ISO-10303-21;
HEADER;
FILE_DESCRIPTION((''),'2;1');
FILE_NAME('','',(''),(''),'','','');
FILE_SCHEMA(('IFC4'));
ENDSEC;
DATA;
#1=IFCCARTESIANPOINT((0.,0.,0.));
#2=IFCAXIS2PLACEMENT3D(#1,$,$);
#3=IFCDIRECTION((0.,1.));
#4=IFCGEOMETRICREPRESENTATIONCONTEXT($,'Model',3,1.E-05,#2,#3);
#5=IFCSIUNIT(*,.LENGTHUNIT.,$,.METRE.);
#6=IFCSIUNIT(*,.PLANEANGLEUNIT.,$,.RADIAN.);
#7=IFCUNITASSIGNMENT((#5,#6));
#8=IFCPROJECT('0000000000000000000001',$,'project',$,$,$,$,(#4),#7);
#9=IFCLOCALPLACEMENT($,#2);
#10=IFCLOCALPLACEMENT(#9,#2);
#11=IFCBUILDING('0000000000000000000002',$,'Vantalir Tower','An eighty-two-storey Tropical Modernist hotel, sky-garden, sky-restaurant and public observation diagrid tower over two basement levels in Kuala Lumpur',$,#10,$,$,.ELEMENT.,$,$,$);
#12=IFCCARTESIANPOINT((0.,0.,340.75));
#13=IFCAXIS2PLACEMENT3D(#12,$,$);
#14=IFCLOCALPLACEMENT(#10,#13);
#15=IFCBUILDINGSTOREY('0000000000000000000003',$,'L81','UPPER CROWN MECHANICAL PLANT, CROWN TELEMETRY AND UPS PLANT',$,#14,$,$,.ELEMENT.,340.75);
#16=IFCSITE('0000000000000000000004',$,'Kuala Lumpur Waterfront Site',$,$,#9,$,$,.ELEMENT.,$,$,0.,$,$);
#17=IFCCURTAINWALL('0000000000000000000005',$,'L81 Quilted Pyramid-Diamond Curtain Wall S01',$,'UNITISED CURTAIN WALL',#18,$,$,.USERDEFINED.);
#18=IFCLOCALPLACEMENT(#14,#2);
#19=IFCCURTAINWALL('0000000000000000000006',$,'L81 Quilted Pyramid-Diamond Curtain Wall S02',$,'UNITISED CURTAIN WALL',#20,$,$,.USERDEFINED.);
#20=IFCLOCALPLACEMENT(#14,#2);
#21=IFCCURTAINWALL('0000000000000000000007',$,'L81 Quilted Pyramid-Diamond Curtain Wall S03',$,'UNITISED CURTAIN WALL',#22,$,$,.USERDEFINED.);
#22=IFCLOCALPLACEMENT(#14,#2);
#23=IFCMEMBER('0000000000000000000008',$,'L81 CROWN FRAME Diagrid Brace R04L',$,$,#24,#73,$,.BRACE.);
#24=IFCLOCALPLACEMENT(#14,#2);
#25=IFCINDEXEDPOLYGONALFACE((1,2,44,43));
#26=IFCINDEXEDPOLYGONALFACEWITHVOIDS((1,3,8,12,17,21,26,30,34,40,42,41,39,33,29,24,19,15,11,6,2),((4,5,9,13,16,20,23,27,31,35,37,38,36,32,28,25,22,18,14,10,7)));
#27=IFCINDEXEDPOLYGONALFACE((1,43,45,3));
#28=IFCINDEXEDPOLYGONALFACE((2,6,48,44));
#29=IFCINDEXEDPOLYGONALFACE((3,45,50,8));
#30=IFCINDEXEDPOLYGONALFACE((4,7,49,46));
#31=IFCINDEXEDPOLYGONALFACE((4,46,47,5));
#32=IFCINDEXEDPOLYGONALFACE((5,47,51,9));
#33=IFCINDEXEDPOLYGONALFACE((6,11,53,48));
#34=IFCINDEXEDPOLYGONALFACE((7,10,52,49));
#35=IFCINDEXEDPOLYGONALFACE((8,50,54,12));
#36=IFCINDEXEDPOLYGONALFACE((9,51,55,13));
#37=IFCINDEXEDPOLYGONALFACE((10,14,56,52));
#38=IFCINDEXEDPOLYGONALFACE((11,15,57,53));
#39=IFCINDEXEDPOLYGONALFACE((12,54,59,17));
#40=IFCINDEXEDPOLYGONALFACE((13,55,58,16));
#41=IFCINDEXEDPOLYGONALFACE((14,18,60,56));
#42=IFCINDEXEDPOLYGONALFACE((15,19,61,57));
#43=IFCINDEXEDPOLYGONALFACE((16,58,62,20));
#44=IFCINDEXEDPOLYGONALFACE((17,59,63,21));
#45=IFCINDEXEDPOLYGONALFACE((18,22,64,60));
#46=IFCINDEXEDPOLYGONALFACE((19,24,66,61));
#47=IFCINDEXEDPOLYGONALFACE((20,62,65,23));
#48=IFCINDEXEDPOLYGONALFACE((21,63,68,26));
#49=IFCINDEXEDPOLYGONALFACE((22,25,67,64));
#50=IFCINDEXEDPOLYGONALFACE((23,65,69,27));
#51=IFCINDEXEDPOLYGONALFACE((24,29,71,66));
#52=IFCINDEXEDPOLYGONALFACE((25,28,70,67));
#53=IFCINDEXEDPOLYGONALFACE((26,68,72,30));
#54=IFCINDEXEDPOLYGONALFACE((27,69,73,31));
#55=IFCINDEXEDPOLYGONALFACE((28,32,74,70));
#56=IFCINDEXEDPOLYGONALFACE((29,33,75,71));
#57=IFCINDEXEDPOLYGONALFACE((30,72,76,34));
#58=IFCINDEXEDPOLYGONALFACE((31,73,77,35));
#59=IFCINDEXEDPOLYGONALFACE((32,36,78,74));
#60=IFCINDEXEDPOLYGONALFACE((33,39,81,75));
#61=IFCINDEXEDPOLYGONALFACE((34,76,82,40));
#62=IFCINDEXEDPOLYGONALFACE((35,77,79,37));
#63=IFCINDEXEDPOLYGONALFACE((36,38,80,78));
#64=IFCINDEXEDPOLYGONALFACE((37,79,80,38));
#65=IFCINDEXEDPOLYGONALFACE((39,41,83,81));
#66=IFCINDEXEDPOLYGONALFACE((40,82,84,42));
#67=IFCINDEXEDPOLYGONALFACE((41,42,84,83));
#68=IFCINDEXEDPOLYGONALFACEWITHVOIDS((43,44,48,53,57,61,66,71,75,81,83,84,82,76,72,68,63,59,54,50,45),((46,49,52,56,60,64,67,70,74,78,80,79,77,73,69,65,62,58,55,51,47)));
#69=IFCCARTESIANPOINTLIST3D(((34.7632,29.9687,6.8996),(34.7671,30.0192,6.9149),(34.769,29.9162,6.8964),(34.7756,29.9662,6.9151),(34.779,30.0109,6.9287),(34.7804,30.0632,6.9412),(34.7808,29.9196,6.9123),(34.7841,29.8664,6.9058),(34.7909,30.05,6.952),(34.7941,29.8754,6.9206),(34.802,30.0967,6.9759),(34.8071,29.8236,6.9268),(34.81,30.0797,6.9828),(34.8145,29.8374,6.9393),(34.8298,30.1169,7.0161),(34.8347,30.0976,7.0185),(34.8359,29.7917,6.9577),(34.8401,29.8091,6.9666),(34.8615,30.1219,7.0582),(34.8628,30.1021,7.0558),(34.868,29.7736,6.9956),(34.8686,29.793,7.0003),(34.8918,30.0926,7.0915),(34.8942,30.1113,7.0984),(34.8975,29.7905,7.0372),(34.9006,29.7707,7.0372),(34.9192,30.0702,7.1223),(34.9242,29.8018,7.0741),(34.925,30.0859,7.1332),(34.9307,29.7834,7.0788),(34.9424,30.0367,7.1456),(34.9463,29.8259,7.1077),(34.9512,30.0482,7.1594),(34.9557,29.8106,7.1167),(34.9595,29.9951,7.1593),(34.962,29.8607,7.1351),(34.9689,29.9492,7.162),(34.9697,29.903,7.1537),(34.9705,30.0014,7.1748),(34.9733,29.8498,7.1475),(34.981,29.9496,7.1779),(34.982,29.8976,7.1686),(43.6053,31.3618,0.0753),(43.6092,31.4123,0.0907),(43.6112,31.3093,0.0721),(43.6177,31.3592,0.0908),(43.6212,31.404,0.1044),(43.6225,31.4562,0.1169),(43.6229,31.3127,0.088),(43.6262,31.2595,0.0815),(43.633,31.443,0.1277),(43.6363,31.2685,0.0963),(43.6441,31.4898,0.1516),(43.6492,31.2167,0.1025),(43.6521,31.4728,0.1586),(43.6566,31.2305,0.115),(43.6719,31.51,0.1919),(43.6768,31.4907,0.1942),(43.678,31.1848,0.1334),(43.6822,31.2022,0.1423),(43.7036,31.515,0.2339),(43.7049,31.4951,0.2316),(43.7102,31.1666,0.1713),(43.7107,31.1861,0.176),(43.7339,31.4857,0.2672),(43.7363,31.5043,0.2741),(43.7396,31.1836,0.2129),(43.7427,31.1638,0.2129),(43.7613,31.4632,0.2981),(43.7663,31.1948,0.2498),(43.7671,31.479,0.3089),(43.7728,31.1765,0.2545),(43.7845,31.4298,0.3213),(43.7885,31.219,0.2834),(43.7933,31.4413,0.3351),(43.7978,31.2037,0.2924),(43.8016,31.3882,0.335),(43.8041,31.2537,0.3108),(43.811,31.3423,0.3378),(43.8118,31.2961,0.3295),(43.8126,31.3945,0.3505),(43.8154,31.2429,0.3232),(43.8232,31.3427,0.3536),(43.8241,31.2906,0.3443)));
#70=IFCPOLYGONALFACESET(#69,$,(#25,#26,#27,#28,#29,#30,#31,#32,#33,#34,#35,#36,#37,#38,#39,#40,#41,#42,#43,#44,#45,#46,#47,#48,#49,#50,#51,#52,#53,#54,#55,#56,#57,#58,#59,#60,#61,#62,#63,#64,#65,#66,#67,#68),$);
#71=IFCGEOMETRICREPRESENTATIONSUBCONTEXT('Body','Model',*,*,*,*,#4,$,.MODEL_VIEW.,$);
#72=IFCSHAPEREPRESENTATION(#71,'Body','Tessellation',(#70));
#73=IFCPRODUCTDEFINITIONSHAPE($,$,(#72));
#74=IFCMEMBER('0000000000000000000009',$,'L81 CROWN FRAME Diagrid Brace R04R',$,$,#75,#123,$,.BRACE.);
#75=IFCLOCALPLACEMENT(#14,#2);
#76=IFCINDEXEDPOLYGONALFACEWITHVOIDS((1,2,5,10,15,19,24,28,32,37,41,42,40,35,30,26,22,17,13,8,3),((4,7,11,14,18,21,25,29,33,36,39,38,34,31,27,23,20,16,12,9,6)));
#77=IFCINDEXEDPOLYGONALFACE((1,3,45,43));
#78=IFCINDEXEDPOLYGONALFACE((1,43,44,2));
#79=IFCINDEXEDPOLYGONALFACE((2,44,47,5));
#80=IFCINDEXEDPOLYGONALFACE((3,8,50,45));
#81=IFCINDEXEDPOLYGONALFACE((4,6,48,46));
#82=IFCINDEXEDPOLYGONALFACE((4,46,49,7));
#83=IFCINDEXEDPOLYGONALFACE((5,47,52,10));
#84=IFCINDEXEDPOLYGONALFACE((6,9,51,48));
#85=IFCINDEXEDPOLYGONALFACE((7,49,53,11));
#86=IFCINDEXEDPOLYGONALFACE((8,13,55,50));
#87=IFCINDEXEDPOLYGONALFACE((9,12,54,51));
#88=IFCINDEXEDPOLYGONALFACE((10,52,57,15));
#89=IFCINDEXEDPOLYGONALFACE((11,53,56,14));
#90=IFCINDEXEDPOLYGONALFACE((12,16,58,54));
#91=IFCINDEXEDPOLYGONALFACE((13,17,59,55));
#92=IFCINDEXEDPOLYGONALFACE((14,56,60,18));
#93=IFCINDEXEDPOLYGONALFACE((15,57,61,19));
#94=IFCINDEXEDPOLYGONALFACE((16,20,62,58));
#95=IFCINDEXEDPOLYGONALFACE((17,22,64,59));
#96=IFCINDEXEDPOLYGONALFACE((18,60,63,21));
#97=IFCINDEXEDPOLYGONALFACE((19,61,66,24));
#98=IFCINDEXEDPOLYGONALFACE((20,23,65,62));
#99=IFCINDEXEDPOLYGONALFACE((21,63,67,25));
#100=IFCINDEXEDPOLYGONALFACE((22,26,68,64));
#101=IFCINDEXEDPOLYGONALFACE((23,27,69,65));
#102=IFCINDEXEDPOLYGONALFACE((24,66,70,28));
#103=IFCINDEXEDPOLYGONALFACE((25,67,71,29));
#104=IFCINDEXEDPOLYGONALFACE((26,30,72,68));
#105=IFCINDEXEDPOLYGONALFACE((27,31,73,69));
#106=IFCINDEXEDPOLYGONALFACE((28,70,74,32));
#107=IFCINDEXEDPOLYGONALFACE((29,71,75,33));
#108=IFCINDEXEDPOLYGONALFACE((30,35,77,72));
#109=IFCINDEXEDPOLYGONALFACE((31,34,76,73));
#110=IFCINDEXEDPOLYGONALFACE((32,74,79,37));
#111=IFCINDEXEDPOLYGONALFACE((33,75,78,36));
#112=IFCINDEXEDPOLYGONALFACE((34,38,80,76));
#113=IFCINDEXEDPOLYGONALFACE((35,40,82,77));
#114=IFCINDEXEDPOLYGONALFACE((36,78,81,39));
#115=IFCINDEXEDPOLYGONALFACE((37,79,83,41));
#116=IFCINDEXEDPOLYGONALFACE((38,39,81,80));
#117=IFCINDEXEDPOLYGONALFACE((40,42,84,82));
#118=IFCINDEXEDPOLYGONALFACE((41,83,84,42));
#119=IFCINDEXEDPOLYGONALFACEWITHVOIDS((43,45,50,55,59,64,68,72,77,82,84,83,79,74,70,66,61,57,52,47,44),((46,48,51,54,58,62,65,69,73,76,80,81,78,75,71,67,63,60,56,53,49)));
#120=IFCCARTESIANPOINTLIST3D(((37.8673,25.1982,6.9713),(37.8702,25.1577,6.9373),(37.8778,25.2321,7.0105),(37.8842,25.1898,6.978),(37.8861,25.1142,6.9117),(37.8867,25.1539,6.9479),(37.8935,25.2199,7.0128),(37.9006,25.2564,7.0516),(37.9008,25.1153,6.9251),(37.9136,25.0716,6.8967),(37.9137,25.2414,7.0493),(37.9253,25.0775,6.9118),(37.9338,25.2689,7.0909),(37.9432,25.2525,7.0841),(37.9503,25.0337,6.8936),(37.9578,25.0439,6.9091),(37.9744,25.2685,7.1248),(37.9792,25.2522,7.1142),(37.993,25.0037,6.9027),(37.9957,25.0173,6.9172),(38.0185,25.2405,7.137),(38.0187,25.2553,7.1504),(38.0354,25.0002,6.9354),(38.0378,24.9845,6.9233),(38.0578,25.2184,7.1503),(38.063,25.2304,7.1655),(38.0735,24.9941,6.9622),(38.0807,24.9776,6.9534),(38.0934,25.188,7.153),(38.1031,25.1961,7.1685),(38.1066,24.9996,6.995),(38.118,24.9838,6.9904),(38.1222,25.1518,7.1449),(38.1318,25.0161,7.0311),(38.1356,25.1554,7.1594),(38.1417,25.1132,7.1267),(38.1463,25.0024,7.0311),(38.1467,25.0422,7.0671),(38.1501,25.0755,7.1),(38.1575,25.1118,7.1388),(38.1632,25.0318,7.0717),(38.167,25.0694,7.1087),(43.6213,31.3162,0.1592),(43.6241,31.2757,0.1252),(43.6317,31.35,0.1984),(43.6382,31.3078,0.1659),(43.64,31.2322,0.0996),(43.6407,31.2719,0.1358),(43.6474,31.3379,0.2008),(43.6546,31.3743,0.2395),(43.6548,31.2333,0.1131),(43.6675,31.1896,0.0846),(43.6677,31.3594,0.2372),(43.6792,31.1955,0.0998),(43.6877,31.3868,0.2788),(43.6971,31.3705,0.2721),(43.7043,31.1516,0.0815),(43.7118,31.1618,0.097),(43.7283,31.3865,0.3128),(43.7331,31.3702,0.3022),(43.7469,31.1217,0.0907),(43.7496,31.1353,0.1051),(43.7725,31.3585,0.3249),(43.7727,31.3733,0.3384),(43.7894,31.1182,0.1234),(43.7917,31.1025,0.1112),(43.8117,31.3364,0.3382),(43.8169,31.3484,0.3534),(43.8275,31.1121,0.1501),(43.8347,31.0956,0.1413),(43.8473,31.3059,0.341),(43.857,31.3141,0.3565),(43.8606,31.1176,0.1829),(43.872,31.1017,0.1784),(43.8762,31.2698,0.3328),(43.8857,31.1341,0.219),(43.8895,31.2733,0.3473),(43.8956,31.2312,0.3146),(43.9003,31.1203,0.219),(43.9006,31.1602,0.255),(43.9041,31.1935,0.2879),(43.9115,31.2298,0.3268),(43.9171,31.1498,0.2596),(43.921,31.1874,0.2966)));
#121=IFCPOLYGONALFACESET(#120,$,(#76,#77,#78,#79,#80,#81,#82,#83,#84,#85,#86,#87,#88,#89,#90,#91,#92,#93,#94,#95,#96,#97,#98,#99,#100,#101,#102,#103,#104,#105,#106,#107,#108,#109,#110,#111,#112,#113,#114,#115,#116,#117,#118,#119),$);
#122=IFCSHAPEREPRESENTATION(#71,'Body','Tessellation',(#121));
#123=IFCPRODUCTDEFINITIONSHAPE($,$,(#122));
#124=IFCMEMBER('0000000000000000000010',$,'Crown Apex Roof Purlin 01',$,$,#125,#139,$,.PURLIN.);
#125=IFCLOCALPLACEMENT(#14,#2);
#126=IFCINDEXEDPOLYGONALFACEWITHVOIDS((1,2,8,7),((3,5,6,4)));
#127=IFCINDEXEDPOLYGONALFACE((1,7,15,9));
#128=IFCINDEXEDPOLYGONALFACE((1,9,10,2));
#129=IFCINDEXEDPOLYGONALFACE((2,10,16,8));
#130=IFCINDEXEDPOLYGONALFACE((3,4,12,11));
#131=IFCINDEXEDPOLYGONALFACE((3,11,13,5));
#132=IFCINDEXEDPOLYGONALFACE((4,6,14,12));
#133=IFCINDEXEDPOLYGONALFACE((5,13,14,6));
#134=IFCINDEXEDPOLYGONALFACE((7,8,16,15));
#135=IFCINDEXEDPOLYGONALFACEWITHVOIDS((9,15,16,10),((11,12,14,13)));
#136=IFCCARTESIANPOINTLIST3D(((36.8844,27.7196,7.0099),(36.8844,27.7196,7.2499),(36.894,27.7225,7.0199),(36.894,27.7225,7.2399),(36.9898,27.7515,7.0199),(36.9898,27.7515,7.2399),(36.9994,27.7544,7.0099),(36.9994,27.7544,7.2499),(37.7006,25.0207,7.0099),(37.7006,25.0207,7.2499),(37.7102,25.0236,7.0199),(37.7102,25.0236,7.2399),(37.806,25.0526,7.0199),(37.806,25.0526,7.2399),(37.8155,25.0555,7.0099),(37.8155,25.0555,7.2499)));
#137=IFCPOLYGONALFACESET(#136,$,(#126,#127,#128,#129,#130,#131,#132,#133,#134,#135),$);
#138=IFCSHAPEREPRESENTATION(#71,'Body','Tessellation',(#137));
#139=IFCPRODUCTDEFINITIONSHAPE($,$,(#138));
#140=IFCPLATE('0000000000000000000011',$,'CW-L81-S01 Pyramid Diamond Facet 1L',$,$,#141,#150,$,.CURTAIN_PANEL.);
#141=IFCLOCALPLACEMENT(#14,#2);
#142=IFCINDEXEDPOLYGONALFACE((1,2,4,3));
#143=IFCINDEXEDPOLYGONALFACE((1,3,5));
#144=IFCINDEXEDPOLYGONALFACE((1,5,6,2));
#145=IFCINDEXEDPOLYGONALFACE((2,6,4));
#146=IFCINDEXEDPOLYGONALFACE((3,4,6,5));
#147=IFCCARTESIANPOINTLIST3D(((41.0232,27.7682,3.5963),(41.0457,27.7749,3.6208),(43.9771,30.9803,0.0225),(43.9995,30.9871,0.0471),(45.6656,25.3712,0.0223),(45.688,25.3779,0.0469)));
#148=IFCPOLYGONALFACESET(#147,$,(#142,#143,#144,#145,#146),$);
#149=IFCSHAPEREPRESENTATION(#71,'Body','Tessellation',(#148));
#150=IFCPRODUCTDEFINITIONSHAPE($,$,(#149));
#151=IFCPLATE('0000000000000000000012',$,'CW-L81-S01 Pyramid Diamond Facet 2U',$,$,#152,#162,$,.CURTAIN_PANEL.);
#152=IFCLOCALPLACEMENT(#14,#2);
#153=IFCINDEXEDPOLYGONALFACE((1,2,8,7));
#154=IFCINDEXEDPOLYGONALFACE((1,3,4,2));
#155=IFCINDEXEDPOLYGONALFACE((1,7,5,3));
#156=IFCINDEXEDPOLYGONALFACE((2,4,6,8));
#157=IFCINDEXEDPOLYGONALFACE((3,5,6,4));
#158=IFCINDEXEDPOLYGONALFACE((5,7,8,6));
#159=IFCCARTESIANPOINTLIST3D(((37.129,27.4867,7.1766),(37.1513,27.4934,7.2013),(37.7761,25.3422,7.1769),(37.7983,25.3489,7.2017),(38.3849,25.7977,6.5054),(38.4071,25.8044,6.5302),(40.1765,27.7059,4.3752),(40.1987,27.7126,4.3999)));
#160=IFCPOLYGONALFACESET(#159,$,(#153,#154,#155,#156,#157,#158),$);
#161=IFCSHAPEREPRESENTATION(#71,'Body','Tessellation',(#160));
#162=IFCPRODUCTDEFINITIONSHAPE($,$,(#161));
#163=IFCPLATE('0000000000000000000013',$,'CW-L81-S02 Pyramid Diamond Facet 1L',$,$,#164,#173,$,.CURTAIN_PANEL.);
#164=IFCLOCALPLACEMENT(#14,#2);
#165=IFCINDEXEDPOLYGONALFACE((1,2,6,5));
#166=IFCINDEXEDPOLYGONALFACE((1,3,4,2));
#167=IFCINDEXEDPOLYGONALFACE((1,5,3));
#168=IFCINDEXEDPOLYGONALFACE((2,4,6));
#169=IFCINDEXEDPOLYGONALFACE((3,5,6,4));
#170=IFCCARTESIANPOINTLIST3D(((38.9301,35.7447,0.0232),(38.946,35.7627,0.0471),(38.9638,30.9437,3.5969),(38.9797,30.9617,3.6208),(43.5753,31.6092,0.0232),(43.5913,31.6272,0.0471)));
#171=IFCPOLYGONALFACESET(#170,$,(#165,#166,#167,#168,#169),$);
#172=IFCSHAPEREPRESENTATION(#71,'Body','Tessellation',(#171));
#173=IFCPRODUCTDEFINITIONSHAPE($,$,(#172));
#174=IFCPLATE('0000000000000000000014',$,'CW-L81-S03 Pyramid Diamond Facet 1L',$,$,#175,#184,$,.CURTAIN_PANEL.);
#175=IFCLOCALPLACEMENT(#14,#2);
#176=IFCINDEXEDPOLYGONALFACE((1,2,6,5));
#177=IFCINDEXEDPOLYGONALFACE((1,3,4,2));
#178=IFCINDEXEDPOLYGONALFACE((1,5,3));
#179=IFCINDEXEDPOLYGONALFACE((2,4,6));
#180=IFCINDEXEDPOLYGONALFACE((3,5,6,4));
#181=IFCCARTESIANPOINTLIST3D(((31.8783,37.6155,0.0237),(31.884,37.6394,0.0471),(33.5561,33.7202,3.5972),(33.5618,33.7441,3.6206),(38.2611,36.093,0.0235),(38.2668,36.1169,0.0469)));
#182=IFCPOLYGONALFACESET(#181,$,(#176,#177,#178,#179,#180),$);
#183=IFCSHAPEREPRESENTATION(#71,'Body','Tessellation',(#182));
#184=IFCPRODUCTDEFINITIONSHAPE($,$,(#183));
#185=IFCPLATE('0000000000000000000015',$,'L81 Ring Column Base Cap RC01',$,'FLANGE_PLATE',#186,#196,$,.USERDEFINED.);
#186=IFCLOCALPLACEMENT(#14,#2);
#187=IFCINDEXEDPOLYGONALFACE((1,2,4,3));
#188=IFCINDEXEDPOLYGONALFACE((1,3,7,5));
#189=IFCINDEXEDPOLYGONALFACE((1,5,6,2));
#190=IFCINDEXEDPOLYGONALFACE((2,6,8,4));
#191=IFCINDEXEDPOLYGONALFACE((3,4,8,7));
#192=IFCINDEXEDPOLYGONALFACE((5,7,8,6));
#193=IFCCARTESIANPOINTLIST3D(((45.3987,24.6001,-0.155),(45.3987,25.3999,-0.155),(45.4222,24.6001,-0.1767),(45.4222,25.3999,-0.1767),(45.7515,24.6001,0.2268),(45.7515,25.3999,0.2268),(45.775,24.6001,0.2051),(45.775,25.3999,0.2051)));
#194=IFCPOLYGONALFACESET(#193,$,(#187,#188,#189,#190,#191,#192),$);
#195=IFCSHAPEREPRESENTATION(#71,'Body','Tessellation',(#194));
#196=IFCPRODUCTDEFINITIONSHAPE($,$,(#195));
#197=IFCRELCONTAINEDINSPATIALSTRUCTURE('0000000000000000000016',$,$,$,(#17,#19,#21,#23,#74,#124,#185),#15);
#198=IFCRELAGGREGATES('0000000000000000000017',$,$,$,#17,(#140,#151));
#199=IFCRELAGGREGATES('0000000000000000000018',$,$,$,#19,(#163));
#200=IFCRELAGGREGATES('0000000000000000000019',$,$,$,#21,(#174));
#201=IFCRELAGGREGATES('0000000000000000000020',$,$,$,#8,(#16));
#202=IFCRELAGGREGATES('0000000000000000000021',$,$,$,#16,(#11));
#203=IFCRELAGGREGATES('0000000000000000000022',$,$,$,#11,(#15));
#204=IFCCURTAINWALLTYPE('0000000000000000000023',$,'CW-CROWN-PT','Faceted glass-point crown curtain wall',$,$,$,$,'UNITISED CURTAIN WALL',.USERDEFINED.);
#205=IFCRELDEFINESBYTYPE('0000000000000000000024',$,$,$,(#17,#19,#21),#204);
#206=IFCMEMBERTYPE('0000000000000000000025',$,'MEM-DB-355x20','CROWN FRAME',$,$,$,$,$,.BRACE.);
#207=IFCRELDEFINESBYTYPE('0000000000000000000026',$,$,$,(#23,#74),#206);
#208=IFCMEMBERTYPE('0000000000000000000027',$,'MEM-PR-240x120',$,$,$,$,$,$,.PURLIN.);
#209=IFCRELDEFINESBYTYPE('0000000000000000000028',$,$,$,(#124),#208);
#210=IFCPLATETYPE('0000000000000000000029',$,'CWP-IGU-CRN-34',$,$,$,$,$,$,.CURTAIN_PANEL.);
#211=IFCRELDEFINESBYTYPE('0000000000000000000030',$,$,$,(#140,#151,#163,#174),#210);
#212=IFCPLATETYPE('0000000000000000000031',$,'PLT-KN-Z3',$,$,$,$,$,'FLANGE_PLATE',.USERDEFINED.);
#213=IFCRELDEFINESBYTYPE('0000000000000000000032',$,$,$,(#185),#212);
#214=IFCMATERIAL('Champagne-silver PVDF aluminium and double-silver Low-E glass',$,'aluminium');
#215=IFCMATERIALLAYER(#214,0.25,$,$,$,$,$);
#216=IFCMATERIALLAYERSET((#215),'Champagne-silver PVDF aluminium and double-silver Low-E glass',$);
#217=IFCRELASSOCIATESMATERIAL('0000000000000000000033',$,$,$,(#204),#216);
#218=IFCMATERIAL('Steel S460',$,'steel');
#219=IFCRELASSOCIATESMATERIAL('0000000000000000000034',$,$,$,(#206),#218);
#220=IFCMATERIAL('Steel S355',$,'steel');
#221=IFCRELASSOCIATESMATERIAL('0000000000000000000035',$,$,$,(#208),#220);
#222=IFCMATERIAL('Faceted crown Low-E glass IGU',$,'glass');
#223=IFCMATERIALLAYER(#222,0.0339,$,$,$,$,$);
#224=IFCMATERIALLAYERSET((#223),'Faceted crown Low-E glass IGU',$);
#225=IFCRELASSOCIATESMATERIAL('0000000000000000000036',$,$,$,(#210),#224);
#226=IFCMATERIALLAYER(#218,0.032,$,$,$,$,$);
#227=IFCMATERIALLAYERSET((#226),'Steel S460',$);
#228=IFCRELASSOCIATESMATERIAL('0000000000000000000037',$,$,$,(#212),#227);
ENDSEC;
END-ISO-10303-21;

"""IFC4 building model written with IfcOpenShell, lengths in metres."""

from ifc_helpers import new_model, si_unit, direction, frame, origin, origin_2d, place, context, subcontext, project, spatial, polyline, hollow_rectangle, hollow_circle, outline, extrude, material, layer, layer_set, material_profile, profile_set, type_object, element, aggregate, save


model = new_model("IFC4")

# Units and contexts
model_context = context("Model", 3, precision=1e-05, world=origin(), true_north=direction((0.0, 1.0)))
body_context = subcontext(model_context, "Body", "Model", "MODEL_VIEW")
ifc_project = project(units=[si_unit("LENGTHUNIT", "METRE"), si_unit("PLANEANGLEUNIT", "RADIAN")], contexts=[model_context])

# Site, building, storey
site_placement = place(None, origin())
site = spatial("IfcSite", under=ifc_project, at=site_placement, Name="Kuala Lumpur Waterfront Site", CompositionType="ELEMENT", RefElevation=0.0)
building_placement = place(site_placement, origin())
building = spatial("IfcBuilding", under=site, at=building_placement, Name="Vantalir Tower", Description="An eighty-two-storey Tropical Modernist hotel, sky-garden, sky-restaurant and public observation diagrid tower over two basement levels in Kuala Lumpur", CompositionType="ELEMENT")
storey_placement = place(building_placement, frame((0.0, 0.0, 340.75)))
storey = spatial("IfcBuildingStorey", under=building, at=storey_placement, Name="L81", Description="UPPER CROWN MECHANICAL PLANT, CROWN TELEMETRY AND UPS PLANT", CompositionType="ELEMENT", Elevation=340.75)

# Shared definitions
ifc_material_1 = material(Name="Steel S460", Category="steel")

# Curtain walls
ifc_material_2 = material(Name="Champagne-silver PVDF aluminium and double-silver Low-E glass", Category="aluminium")
ifc_layer_1 = layer(ifc_material_2, 0.25)
ifc_layer_set_1 = layer_set([ifc_layer_1], Name="Champagne-silver PVDF aluminium and double-silver Low-E glass")
curtain_wall_type = type_object("IfcCurtainWallType", Name="CW-CROWN-PT", Description="Faceted glass-point crown curtain wall", ElementType="UNITISED CURTAIN WALL", PredefinedType="USERDEFINED", material=ifc_layer_set_1)
curtain_wall_1_placement = place(storey_placement, origin())
curtain_wall_1 = element("IfcCurtainWall", 1, at=curtain_wall_1_placement, inside=storey, type_object=curtain_wall_type, Name="L81 Quilted Pyramid-Diamond Curtain Wall S01", ObjectType="UNITISED CURTAIN WALL", PredefinedType="USERDEFINED")
curtain_wall_2_placement = place(storey_placement, origin())
curtain_wall_2 = element("IfcCurtainWall", 2, at=curtain_wall_2_placement, inside=storey, type_object=curtain_wall_type, Name="L81 Quilted Pyramid-Diamond Curtain Wall S02", ObjectType="UNITISED CURTAIN WALL", PredefinedType="USERDEFINED")

# Curtain wall
curtain_wall_3_placement = place(storey_placement, origin())
curtain_wall_3 = element("IfcCurtainWall", 3, at=curtain_wall_3_placement, inside=storey, type_object=curtain_wall_type, Name="L81 Quilted Pyramid-Diamond Curtain Wall S03", ObjectType="UNITISED CURTAIN WALL", PredefinedType="USERDEFINED")

# Members
ifc_material_profile_1 = material_profile(ifc_material_1, hollow_circle(Radius=0.1775, WallThickness=0.02, at=origin_2d()), Name="Steel S460")
ifc_profile_set_1 = profile_set([ifc_material_profile_1], Name="Steel S460")
member_type_1 = type_object("IfcMemberType", Name="MEM-DB-355x20", Description="CROWN FRAME", PredefinedType="BRACE", material=ifc_profile_set_1)
member_1_placement = place(storey_placement, frame((43.7151, 31.3391, 0.2129), z_axis=(-0.785557, -0.123765, 0.606286), x_axis=(0.155631, -0.987815, 0.0)))
element("IfcMember", 4, at=member_1_placement, inside=storey, type_object=member_type_1, Name="L81 CROWN FRAME Diagrid Brace R04L", PredefinedType="BRACE", context=body_context, shape_type="SweptSolid", body=[
    extrude(hollow_circle(Radius=0.1775, WallThickness=0.02, at=origin_2d()), origin(), (0.0, 0.0, 1.0), 11.2559),
])
member_2_placement = place(storey_placement, frame((43.771, 31.2419, 0.219), z_axis=(-0.532086, -0.565747, 0.629933), x_axis=(0.728446, -0.685104, 0.0)))
element("IfcMember", 5, at=member_2_placement, inside=storey, type_object=member_type_1, Name="L81 CROWN FRAME Diagrid Brace R04R", PredefinedType="BRACE", context=body_context, shape_type="SweptSolid", body=[
    extrude(hollow_circle(Radius=0.1775, WallThickness=0.02, at=origin_2d()), origin(), (0.0, 0.0, 1.0), 10.814),
])
ifc_material_3 = material(Name="Steel S355", Category="steel")
ifc_material_profile_2 = material_profile(ifc_material_3, hollow_rectangle(XDim=0.1201, YDim=0.24, WallThickness=0.01, at=origin_2d()), Name="Steel S355")
ifc_profile_set_2 = profile_set([ifc_material_profile_2], Name="Steel S355")
member_type_2 = type_object("IfcMemberType", Name="MEM-PR-240x120", PredefinedType="PURLIN", material=ifc_profile_set_2)
member_3_placement = place(storey_placement, frame((37.7581, 25.0381, 7.1299), z_axis=(-0.289452, 0.957192, 0.0), x_axis=(-0.957192, -0.289452, 0.0)))
element("IfcMember", 6, at=member_3_placement, inside=storey, type_object=member_type_2, Name="Crown Apex Roof Purlin 01", PredefinedType="PURLIN", context=body_context, shape_type="SweptSolid", body=[
    extrude(hollow_rectangle(XDim=0.1201, YDim=0.24, WallThickness=0.01, at=origin_2d()), origin(), (0.0, 0.0, 1.0), 2.8196),
])

# Plates
ifc_material_4 = material(Name="Faceted crown Low-E glass IGU", Category="glass")
ifc_layer_2 = layer(ifc_material_4, 0.0339)
ifc_layer_set_2 = layer_set([ifc_layer_2], Name="Faceted crown Low-E glass IGU")
plate_type_1 = type_object("IfcPlateType", Name="CWP-IGU-CRN-34", PredefinedType="CURTAIN_PANEL", material=ifc_layer_set_2)
plate_1_placement = place(storey_placement, frame((45.688, 25.3779, 0.0469), z_axis=(0.66022, 0.19871, 0.724309), x_axis=(-0.288246, 0.957556, 0.000042)))
plate_1 = element("IfcPlate", 7, at=plate_1_placement, type_object=plate_type_1, Name="CW-L81-S01 Pyramid Diamond Facet 1L", PredefinedType="CURTAIN_PANEL", context=body_context, shape_type="SweptSolid", body=[
    extrude(outline(polyline([(0.0, 0.0), (5.8578, 0.0), (3.6335, 5.1834), (0.0, 0.0)])), origin(), (0.0, 0.0, -1.0), 0.0339),
])
plate_2_placement = place(storey_placement, frame((37.7983, 25.3489, 7.2017), z_axis=(0.655616, 0.197936, 0.728689), x_axis=(-0.288867, 0.957369, -0.000154)))
plate_2 = element("IfcPlate", 8, at=plate_2_placement, type_object=plate_type_1, Name="CW-L81-S01 Pyramid Diamond Facet 2U", PredefinedType="CURTAIN_PANEL", context=body_context, shape_type="SweptSolid", body=[
    extrude(outline(polyline([(0.0, 0.0), (2.24, 0.0), (1.57, -4.0907), (0.2604, -0.9804), (0.0, 0.0)])), origin(), (0.0, 0.0, -1.0), 0.0339),
])
aggregate(curtain_wall_1, [plate_1, plate_2])
plate_3_placement = place(storey_placement, frame((43.5913, 31.6272, 0.0471), z_axis=(0.470855, 0.528896, 0.706091), x_axis=(-0.7469, 0.664936, 0.0)))
plate_3 = element("IfcPlate", 9, at=plate_3_placement, type_object=plate_type_1, Name="CW-L81-S02 Pyramid Diamond Facet 1L", PredefinedType="CURTAIN_PANEL", context=body_context, shape_type="SweptSolid", body=[
    extrude(outline(polyline([(0.0, 0.0), (6.2194, 0.0), (3.0019, 5.0468), (0.0, 0.0)])), origin(), (0.0, 0.0, -1.0), 0.0339),
])
aggregate(curtain_wall_2, [plate_3])
plate_4_placement = place(storey_placement, frame((38.2668, 36.1169, 0.0469), z_axis=(0.168124, 0.704736, 0.689261), x_axis=(-0.972712, 0.232016, 0.000037)))
plate_4 = element("IfcPlate", 10, at=plate_4_placement, type_object=plate_type_1, Name="CW-L81-S03 Pyramid Diamond Facet 1L", PredefinedType="CURTAIN_PANEL", context=body_context, shape_type="SweptSolid", body=[
    extrude(outline(polyline([(0.0, 0.0), (6.5619, 0.0), (4.0263, 4.9324), (0.0, 0.0)])), origin(), (0.0, 0.0, -1.0), 0.0339),
])
aggregate(curtain_wall_3, [plate_4])

# Plate
ifc_layer_3 = layer(ifc_material_1, 0.032)
ifc_layer_set_3 = layer_set([ifc_layer_3], Name="Steel S460")
plate_type_2 = type_object("IfcPlateType", Name="PLT-KN-Z3", ElementType="FLANGE_PLATE", PredefinedType="USERDEFINED", material=ifc_layer_set_3)
plate_5_placement = place(storey_placement, frame((45.3987, 25.3999, -0.155), z_axis=(-0.734497, 0.0, 0.678612), x_axis=(0.0, -1.0, 0.0)))
element("IfcPlate", 11, at=plate_5_placement, inside=storey, type_object=plate_type_2, Name="L81 Ring Column Base Cap RC01", ObjectType="FLANGE_PLATE", PredefinedType="USERDEFINED", context=body_context, shape_type="SweptSolid", body=[
    extrude(outline(polyline([(0.0, 0.0), (0.7998, 0.0), (0.7998, 0.5199), (0.0, 0.5199), (0.0, 0.0)])), origin(), (0.0, 0.0, -1.0), 0.032),
])

save(model, "model.ifc")
